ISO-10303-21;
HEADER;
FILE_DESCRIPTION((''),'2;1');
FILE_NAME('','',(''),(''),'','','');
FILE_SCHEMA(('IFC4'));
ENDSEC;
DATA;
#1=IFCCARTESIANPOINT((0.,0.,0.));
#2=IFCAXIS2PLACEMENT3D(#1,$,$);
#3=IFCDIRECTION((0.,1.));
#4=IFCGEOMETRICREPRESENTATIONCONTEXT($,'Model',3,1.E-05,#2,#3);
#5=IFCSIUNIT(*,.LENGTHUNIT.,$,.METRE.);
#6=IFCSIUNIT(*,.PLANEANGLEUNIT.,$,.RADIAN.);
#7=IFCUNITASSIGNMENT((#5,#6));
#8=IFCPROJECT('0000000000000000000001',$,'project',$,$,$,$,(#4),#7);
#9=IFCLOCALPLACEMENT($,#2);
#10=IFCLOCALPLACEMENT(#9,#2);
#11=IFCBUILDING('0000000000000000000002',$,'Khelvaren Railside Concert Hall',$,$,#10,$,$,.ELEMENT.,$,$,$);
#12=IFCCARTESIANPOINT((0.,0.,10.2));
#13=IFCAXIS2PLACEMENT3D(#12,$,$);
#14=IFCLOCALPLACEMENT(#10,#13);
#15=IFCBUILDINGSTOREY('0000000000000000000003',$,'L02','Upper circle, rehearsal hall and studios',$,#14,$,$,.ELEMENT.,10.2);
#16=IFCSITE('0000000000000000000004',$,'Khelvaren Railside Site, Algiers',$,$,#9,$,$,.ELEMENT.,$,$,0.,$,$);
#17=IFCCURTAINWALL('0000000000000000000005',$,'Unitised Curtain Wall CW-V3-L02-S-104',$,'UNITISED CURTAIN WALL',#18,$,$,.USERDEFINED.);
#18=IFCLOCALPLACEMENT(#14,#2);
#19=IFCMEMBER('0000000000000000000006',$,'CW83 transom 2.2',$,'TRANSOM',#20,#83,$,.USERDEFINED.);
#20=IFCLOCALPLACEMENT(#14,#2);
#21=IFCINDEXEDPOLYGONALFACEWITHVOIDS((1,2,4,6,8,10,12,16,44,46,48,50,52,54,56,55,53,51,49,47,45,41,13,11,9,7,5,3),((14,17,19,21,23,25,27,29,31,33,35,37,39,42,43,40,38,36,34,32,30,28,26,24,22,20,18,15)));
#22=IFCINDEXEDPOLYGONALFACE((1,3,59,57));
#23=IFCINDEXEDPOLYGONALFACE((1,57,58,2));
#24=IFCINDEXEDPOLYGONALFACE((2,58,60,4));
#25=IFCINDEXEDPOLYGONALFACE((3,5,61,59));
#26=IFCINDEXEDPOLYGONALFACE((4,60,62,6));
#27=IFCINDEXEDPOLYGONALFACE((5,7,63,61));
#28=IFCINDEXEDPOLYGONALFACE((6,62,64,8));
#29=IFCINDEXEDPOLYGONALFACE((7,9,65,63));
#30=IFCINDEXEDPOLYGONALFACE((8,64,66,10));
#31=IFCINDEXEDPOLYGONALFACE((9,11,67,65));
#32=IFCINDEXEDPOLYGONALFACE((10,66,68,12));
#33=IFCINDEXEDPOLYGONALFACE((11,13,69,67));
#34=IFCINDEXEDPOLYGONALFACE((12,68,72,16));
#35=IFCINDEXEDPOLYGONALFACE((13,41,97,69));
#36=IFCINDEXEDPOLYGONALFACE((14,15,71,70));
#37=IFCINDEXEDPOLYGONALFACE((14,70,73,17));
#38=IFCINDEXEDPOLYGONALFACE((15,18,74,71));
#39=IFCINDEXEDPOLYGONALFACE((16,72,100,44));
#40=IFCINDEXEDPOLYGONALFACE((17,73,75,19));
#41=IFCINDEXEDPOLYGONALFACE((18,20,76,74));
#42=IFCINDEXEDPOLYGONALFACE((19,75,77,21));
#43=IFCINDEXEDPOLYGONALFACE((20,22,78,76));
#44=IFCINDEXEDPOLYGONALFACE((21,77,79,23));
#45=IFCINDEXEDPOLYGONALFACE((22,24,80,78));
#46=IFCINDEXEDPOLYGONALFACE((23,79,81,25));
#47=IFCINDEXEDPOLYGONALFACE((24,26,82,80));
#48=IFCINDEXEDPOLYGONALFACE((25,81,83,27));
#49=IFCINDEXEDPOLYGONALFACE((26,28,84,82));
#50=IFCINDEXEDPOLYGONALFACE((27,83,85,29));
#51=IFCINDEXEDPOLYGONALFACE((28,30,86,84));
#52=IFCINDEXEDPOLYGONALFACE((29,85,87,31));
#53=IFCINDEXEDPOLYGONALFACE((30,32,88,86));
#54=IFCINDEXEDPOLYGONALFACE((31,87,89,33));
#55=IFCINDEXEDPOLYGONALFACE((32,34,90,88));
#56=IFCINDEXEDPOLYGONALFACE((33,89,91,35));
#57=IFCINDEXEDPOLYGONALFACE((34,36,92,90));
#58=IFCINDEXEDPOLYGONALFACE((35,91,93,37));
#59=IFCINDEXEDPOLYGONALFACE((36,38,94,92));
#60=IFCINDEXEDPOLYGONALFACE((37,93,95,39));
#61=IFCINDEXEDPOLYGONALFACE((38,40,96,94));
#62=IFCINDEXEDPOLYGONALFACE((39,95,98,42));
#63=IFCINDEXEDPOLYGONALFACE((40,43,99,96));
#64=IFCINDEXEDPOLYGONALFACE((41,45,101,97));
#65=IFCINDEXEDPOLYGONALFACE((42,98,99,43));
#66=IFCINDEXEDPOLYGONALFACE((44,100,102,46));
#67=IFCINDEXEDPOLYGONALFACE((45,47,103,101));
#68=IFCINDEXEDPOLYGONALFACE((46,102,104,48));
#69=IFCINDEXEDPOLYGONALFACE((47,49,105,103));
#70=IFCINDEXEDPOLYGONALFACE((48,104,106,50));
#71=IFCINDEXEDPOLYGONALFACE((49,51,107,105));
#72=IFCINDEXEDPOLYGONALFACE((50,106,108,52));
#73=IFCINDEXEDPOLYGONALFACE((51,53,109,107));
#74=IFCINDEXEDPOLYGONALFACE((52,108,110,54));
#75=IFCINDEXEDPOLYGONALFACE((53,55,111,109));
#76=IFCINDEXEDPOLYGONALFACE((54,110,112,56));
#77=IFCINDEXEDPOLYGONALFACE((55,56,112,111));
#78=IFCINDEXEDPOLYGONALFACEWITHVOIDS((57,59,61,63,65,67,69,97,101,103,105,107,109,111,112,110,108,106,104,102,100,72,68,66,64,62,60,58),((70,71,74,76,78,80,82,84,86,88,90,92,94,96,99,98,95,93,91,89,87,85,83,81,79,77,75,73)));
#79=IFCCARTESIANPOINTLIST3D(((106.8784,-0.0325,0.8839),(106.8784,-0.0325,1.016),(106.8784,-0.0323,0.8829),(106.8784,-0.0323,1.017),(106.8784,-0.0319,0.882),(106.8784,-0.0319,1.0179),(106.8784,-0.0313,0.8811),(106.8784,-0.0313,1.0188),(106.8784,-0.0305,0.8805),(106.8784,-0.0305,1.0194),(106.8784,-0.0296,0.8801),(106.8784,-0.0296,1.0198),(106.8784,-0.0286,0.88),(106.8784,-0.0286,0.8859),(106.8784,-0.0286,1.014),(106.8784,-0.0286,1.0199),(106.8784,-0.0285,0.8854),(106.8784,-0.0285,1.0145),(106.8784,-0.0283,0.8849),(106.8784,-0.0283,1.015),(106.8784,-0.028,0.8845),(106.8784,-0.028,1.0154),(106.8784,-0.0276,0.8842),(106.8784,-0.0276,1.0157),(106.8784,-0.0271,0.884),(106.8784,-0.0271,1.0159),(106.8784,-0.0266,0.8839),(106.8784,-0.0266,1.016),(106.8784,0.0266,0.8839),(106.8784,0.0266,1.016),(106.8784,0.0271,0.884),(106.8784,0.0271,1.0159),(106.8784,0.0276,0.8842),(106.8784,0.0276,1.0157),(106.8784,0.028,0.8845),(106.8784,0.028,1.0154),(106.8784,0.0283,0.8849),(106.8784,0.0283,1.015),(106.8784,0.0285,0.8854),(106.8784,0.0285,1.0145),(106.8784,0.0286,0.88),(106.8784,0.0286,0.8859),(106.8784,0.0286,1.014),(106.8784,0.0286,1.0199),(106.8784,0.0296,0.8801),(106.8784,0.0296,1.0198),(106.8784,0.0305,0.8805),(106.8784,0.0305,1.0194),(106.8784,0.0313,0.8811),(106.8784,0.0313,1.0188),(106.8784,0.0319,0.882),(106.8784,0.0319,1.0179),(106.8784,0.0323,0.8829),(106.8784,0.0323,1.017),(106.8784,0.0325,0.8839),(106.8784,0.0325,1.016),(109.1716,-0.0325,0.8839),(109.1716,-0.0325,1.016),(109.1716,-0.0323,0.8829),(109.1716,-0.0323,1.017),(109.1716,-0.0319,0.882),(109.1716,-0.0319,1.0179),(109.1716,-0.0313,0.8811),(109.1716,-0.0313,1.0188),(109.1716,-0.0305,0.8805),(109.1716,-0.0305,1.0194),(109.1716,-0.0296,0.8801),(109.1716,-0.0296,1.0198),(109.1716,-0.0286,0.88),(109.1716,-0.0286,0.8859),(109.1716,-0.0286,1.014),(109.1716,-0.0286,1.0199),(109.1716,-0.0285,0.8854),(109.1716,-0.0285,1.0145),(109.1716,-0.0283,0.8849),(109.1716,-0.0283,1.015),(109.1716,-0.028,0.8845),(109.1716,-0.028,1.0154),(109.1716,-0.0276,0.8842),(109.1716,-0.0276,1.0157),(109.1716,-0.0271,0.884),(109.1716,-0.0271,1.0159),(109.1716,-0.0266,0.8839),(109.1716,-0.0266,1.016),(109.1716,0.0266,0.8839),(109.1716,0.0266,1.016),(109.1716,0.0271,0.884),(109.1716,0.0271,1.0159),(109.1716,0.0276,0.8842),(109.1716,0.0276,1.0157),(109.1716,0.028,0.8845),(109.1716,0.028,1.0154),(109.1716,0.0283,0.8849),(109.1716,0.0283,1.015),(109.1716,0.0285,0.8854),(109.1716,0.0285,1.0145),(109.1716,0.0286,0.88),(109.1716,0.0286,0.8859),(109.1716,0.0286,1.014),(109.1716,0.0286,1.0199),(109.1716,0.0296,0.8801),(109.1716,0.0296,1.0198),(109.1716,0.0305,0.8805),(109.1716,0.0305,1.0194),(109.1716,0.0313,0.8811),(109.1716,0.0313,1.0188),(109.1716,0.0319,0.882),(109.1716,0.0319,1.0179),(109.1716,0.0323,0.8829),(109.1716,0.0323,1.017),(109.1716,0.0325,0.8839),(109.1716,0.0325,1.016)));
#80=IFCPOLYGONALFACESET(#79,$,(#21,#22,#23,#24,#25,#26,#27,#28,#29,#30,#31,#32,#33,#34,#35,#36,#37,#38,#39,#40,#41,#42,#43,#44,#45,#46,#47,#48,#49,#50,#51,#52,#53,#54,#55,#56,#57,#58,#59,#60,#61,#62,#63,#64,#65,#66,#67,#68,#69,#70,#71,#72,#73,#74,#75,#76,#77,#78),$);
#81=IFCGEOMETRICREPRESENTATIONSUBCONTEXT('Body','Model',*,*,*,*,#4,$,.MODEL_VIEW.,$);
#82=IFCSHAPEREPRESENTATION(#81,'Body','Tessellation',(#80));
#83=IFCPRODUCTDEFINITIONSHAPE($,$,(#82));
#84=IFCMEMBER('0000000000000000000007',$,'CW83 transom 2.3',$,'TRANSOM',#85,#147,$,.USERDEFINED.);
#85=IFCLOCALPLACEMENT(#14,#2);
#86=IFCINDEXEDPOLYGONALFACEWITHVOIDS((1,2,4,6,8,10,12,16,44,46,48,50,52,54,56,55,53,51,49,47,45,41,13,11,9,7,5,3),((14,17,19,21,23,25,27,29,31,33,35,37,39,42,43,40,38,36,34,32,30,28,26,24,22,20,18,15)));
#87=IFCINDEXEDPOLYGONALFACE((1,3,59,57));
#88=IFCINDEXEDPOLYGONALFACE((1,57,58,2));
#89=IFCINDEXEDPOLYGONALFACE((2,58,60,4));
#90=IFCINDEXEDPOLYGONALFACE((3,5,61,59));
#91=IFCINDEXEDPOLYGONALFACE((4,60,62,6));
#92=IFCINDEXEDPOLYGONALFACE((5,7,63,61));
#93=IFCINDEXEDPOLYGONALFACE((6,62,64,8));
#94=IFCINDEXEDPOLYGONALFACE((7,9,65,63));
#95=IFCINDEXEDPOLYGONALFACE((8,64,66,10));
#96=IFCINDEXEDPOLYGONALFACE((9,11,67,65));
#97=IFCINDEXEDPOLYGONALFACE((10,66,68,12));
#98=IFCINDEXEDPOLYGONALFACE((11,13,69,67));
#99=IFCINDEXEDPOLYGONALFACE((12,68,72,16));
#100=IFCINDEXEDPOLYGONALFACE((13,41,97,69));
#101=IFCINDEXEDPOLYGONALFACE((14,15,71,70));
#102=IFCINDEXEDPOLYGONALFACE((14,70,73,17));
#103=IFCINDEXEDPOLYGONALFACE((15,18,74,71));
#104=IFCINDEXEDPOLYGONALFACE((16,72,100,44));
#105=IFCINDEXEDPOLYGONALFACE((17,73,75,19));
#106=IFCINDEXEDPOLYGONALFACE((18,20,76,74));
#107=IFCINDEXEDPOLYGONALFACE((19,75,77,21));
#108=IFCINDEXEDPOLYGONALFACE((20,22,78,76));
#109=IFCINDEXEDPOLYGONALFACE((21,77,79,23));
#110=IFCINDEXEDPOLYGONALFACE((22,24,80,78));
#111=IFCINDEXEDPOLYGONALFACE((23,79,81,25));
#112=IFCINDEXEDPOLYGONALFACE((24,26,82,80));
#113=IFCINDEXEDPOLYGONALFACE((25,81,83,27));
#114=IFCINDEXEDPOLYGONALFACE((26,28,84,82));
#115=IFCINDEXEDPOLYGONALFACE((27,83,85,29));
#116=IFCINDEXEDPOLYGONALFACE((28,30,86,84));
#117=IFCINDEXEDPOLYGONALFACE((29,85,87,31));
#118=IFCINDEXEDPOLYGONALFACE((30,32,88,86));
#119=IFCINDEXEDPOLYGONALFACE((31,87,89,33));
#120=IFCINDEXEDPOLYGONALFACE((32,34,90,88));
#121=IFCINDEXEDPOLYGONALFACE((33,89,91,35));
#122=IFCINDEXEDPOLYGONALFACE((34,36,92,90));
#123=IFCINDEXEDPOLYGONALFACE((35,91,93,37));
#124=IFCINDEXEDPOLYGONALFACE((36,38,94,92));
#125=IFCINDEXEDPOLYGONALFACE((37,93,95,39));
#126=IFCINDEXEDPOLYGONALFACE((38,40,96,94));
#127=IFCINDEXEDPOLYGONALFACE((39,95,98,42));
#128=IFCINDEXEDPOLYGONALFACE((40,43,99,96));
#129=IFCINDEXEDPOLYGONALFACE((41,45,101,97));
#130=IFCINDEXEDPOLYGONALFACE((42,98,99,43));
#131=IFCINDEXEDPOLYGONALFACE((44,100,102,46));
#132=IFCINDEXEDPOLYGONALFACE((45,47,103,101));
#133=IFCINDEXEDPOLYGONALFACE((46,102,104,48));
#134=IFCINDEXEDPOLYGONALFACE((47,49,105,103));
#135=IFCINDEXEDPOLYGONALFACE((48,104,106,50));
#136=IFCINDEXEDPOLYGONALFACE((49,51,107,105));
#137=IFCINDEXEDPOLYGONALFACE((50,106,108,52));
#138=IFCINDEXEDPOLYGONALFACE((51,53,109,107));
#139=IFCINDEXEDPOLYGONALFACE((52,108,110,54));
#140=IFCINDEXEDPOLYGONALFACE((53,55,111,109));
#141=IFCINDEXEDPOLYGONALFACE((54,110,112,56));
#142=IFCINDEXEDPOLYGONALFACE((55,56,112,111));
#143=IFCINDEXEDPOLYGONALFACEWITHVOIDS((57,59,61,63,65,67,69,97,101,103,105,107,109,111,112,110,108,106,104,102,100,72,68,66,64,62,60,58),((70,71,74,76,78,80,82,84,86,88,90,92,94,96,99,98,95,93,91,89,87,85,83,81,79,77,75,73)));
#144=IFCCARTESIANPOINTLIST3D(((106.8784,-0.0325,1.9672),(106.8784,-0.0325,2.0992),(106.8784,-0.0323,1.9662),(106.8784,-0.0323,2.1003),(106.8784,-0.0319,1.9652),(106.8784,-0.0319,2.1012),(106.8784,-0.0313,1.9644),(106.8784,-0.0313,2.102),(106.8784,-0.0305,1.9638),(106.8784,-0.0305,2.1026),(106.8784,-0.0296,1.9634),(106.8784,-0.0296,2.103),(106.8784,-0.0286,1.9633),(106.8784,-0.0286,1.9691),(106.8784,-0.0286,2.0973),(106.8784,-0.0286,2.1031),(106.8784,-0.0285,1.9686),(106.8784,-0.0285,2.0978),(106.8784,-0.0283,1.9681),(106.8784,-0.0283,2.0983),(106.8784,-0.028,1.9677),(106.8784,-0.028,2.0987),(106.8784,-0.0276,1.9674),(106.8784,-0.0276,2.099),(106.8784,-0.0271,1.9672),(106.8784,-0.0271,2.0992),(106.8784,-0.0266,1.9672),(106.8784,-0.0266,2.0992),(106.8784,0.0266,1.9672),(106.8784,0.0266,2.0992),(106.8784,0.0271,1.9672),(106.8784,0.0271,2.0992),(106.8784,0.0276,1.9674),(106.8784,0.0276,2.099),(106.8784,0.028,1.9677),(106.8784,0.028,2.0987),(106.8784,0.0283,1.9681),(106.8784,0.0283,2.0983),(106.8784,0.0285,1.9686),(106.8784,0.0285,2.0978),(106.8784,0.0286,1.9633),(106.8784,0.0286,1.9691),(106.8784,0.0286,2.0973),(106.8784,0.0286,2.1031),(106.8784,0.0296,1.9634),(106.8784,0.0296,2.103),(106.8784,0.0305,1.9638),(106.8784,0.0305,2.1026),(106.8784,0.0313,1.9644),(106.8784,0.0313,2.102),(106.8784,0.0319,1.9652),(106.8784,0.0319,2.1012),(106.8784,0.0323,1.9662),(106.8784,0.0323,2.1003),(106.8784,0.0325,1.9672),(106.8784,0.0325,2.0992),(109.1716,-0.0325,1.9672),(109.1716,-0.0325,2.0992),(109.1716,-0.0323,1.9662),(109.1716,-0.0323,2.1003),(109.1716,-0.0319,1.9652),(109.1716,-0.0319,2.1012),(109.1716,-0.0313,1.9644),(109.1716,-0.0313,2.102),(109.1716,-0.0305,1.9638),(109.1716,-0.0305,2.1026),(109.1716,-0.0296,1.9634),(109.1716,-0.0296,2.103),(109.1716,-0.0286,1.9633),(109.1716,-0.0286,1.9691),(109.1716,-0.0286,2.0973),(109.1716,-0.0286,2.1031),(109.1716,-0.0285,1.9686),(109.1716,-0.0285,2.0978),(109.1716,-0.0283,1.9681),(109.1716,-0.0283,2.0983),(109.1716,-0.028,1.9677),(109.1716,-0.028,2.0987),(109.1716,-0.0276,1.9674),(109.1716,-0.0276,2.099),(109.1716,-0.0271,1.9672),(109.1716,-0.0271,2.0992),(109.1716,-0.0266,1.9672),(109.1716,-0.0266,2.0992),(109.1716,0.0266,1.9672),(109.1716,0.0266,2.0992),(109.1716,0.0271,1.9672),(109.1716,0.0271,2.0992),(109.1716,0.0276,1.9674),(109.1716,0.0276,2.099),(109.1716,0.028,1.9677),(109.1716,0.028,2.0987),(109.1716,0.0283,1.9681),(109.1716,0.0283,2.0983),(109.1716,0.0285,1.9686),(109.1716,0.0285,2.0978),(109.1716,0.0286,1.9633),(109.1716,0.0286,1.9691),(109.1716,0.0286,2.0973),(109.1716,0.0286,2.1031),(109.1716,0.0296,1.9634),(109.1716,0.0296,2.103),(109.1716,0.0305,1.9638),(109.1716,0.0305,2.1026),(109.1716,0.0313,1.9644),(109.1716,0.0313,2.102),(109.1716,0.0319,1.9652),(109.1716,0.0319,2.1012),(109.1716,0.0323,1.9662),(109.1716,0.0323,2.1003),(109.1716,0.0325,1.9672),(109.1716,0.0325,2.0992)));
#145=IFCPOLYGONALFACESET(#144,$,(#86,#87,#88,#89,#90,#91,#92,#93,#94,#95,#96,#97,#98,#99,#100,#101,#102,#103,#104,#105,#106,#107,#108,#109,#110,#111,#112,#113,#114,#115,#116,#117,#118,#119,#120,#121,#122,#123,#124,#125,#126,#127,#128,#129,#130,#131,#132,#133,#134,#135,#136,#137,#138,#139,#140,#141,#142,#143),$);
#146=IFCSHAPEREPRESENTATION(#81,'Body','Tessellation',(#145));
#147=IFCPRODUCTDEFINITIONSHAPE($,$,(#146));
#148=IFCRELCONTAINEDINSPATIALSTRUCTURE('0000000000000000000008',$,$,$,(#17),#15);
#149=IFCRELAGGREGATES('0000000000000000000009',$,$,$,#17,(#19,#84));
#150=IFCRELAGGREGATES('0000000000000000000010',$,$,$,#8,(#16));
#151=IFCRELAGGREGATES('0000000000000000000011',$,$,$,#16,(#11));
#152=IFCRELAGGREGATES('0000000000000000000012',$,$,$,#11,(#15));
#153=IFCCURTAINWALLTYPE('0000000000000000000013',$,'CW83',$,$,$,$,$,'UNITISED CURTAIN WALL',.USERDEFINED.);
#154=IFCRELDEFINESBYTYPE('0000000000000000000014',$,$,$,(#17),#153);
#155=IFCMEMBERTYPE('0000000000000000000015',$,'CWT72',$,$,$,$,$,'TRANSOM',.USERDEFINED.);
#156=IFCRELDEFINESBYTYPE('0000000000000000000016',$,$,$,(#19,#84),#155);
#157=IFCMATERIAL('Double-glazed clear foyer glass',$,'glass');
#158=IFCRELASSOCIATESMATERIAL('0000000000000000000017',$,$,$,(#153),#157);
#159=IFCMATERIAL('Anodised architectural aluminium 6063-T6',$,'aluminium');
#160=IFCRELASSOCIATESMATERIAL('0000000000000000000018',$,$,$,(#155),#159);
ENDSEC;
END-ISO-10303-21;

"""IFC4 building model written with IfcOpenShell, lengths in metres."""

from ifc_helpers import new_model, si_unit, direction, frame, origin, origin_2d, place, context, subcontext, project, spatial, hollow_rectangle, extrude, material, material_profile, profile_set, type_object, element, aggregate, save


model = new_model("IFC4")

# Units and contexts
model_context = context("Model", 3, precision=1e-05, world=origin(), true_north=direction((0.0, 1.0)))
body_context = subcontext(model_context, "Body", "Model", "MODEL_VIEW")
ifc_project = project(units=[si_unit("LENGTHUNIT", "METRE"), si_unit("PLANEANGLEUNIT", "RADIAN")], contexts=[model_context])

# Site, building, storey
site_placement = place(None, origin())
site = spatial("IfcSite", under=ifc_project, at=site_placement, Name="Khelvaren Railside Site, Algiers", CompositionType="ELEMENT", RefElevation=0.0)
building_placement = place(site_placement, origin())
building = spatial("IfcBuilding", under=site, at=building_placement, Name="Khelvaren Railside Concert Hall", CompositionType="ELEMENT")
storey_placement = place(building_placement, frame((0.0, 0.0, 10.2)))
storey = spatial("IfcBuildingStorey", under=building, at=storey_placement, Name="L02", Description="Upper circle, rehearsal hall and studios", CompositionType="ELEMENT", Elevation=10.2)

# Curtain wall, members
ifc_material_1 = material(Name="Double-glazed clear foyer glass", Category="glass")
curtain_wall_type = type_object("IfcCurtainWallType", Name="CW83", ElementType="UNITISED CURTAIN WALL", PredefinedType="USERDEFINED", material=ifc_material_1)
curtain_wall_placement = place(storey_placement, origin())
curtain_wall = element("IfcCurtainWall", 1, at=curtain_wall_placement, inside=storey, type_object=curtain_wall_type, Name="Unitised Curtain Wall CW-V3-L02-S-104", ObjectType="UNITISED CURTAIN WALL", PredefinedType="USERDEFINED")
ifc_material_2 = material(Name="Anodised architectural aluminium 6063-T6", Category="aluminium")
ifc_material_profile_1 = material_profile(ifc_material_2, hollow_rectangle(XDim=0.0649, YDim=0.1399, WallThickness=0.0039, InnerFilletRadius=0.002, OuterFilletRadius=0.0039, at=origin_2d()), Name="CWT 65x140x4")
ifc_profile_set_1 = profile_set([ifc_material_profile_1], Name="Anodised architectural aluminium 6063-T6")
member_type_1 = type_object("IfcMemberType", Name="CWT72", ElementType="TRANSOM", PredefinedType="USERDEFINED", material=ifc_profile_set_1)
member_1_placement = place(storey_placement, frame((109.1716, 0.0, 0.95), z_axis=(-1.0, 0.0, 0.0), x_axis=(0.0, -1.0, 0.0)))
member_1 = element("IfcMember", 2, at=member_1_placement, type_object=member_type_1, Name="CW83 transom 2.2", ObjectType="TRANSOM", PredefinedType="USERDEFINED", context=body_context, shape_type="SweptSolid", body=[
    extrude(hollow_rectangle(XDim=0.0649, YDim=0.1399, WallThickness=0.0039, InnerFilletRadius=0.002, OuterFilletRadius=0.0039, at=origin_2d()), origin(), (0.0, 0.0, 1.0), 2.2932),
])
member_2_placement = place(storey_placement, frame((109.1716, 0.0, 2.0332), z_axis=(-1.0, 0.0, 0.0), x_axis=(0.0, -1.0, 0.0)))
member_2 = element("IfcMember", 3, at=member_2_placement, type_object=member_type_1, Name="CW83 transom 2.3", ObjectType="TRANSOM", PredefinedType="USERDEFINED", context=body_context, shape_type="SweptSolid", body=[
    extrude(hollow_rectangle(XDim=0.0649, YDim=0.1399, WallThickness=0.0039, InnerFilletRadius=0.002, OuterFilletRadius=0.0039, at=origin_2d()), origin(), (0.0, 0.0, 1.0), 2.2932),
])

aggregate(curtain_wall, [member_1, member_2])

save(model, "model.ifc")
